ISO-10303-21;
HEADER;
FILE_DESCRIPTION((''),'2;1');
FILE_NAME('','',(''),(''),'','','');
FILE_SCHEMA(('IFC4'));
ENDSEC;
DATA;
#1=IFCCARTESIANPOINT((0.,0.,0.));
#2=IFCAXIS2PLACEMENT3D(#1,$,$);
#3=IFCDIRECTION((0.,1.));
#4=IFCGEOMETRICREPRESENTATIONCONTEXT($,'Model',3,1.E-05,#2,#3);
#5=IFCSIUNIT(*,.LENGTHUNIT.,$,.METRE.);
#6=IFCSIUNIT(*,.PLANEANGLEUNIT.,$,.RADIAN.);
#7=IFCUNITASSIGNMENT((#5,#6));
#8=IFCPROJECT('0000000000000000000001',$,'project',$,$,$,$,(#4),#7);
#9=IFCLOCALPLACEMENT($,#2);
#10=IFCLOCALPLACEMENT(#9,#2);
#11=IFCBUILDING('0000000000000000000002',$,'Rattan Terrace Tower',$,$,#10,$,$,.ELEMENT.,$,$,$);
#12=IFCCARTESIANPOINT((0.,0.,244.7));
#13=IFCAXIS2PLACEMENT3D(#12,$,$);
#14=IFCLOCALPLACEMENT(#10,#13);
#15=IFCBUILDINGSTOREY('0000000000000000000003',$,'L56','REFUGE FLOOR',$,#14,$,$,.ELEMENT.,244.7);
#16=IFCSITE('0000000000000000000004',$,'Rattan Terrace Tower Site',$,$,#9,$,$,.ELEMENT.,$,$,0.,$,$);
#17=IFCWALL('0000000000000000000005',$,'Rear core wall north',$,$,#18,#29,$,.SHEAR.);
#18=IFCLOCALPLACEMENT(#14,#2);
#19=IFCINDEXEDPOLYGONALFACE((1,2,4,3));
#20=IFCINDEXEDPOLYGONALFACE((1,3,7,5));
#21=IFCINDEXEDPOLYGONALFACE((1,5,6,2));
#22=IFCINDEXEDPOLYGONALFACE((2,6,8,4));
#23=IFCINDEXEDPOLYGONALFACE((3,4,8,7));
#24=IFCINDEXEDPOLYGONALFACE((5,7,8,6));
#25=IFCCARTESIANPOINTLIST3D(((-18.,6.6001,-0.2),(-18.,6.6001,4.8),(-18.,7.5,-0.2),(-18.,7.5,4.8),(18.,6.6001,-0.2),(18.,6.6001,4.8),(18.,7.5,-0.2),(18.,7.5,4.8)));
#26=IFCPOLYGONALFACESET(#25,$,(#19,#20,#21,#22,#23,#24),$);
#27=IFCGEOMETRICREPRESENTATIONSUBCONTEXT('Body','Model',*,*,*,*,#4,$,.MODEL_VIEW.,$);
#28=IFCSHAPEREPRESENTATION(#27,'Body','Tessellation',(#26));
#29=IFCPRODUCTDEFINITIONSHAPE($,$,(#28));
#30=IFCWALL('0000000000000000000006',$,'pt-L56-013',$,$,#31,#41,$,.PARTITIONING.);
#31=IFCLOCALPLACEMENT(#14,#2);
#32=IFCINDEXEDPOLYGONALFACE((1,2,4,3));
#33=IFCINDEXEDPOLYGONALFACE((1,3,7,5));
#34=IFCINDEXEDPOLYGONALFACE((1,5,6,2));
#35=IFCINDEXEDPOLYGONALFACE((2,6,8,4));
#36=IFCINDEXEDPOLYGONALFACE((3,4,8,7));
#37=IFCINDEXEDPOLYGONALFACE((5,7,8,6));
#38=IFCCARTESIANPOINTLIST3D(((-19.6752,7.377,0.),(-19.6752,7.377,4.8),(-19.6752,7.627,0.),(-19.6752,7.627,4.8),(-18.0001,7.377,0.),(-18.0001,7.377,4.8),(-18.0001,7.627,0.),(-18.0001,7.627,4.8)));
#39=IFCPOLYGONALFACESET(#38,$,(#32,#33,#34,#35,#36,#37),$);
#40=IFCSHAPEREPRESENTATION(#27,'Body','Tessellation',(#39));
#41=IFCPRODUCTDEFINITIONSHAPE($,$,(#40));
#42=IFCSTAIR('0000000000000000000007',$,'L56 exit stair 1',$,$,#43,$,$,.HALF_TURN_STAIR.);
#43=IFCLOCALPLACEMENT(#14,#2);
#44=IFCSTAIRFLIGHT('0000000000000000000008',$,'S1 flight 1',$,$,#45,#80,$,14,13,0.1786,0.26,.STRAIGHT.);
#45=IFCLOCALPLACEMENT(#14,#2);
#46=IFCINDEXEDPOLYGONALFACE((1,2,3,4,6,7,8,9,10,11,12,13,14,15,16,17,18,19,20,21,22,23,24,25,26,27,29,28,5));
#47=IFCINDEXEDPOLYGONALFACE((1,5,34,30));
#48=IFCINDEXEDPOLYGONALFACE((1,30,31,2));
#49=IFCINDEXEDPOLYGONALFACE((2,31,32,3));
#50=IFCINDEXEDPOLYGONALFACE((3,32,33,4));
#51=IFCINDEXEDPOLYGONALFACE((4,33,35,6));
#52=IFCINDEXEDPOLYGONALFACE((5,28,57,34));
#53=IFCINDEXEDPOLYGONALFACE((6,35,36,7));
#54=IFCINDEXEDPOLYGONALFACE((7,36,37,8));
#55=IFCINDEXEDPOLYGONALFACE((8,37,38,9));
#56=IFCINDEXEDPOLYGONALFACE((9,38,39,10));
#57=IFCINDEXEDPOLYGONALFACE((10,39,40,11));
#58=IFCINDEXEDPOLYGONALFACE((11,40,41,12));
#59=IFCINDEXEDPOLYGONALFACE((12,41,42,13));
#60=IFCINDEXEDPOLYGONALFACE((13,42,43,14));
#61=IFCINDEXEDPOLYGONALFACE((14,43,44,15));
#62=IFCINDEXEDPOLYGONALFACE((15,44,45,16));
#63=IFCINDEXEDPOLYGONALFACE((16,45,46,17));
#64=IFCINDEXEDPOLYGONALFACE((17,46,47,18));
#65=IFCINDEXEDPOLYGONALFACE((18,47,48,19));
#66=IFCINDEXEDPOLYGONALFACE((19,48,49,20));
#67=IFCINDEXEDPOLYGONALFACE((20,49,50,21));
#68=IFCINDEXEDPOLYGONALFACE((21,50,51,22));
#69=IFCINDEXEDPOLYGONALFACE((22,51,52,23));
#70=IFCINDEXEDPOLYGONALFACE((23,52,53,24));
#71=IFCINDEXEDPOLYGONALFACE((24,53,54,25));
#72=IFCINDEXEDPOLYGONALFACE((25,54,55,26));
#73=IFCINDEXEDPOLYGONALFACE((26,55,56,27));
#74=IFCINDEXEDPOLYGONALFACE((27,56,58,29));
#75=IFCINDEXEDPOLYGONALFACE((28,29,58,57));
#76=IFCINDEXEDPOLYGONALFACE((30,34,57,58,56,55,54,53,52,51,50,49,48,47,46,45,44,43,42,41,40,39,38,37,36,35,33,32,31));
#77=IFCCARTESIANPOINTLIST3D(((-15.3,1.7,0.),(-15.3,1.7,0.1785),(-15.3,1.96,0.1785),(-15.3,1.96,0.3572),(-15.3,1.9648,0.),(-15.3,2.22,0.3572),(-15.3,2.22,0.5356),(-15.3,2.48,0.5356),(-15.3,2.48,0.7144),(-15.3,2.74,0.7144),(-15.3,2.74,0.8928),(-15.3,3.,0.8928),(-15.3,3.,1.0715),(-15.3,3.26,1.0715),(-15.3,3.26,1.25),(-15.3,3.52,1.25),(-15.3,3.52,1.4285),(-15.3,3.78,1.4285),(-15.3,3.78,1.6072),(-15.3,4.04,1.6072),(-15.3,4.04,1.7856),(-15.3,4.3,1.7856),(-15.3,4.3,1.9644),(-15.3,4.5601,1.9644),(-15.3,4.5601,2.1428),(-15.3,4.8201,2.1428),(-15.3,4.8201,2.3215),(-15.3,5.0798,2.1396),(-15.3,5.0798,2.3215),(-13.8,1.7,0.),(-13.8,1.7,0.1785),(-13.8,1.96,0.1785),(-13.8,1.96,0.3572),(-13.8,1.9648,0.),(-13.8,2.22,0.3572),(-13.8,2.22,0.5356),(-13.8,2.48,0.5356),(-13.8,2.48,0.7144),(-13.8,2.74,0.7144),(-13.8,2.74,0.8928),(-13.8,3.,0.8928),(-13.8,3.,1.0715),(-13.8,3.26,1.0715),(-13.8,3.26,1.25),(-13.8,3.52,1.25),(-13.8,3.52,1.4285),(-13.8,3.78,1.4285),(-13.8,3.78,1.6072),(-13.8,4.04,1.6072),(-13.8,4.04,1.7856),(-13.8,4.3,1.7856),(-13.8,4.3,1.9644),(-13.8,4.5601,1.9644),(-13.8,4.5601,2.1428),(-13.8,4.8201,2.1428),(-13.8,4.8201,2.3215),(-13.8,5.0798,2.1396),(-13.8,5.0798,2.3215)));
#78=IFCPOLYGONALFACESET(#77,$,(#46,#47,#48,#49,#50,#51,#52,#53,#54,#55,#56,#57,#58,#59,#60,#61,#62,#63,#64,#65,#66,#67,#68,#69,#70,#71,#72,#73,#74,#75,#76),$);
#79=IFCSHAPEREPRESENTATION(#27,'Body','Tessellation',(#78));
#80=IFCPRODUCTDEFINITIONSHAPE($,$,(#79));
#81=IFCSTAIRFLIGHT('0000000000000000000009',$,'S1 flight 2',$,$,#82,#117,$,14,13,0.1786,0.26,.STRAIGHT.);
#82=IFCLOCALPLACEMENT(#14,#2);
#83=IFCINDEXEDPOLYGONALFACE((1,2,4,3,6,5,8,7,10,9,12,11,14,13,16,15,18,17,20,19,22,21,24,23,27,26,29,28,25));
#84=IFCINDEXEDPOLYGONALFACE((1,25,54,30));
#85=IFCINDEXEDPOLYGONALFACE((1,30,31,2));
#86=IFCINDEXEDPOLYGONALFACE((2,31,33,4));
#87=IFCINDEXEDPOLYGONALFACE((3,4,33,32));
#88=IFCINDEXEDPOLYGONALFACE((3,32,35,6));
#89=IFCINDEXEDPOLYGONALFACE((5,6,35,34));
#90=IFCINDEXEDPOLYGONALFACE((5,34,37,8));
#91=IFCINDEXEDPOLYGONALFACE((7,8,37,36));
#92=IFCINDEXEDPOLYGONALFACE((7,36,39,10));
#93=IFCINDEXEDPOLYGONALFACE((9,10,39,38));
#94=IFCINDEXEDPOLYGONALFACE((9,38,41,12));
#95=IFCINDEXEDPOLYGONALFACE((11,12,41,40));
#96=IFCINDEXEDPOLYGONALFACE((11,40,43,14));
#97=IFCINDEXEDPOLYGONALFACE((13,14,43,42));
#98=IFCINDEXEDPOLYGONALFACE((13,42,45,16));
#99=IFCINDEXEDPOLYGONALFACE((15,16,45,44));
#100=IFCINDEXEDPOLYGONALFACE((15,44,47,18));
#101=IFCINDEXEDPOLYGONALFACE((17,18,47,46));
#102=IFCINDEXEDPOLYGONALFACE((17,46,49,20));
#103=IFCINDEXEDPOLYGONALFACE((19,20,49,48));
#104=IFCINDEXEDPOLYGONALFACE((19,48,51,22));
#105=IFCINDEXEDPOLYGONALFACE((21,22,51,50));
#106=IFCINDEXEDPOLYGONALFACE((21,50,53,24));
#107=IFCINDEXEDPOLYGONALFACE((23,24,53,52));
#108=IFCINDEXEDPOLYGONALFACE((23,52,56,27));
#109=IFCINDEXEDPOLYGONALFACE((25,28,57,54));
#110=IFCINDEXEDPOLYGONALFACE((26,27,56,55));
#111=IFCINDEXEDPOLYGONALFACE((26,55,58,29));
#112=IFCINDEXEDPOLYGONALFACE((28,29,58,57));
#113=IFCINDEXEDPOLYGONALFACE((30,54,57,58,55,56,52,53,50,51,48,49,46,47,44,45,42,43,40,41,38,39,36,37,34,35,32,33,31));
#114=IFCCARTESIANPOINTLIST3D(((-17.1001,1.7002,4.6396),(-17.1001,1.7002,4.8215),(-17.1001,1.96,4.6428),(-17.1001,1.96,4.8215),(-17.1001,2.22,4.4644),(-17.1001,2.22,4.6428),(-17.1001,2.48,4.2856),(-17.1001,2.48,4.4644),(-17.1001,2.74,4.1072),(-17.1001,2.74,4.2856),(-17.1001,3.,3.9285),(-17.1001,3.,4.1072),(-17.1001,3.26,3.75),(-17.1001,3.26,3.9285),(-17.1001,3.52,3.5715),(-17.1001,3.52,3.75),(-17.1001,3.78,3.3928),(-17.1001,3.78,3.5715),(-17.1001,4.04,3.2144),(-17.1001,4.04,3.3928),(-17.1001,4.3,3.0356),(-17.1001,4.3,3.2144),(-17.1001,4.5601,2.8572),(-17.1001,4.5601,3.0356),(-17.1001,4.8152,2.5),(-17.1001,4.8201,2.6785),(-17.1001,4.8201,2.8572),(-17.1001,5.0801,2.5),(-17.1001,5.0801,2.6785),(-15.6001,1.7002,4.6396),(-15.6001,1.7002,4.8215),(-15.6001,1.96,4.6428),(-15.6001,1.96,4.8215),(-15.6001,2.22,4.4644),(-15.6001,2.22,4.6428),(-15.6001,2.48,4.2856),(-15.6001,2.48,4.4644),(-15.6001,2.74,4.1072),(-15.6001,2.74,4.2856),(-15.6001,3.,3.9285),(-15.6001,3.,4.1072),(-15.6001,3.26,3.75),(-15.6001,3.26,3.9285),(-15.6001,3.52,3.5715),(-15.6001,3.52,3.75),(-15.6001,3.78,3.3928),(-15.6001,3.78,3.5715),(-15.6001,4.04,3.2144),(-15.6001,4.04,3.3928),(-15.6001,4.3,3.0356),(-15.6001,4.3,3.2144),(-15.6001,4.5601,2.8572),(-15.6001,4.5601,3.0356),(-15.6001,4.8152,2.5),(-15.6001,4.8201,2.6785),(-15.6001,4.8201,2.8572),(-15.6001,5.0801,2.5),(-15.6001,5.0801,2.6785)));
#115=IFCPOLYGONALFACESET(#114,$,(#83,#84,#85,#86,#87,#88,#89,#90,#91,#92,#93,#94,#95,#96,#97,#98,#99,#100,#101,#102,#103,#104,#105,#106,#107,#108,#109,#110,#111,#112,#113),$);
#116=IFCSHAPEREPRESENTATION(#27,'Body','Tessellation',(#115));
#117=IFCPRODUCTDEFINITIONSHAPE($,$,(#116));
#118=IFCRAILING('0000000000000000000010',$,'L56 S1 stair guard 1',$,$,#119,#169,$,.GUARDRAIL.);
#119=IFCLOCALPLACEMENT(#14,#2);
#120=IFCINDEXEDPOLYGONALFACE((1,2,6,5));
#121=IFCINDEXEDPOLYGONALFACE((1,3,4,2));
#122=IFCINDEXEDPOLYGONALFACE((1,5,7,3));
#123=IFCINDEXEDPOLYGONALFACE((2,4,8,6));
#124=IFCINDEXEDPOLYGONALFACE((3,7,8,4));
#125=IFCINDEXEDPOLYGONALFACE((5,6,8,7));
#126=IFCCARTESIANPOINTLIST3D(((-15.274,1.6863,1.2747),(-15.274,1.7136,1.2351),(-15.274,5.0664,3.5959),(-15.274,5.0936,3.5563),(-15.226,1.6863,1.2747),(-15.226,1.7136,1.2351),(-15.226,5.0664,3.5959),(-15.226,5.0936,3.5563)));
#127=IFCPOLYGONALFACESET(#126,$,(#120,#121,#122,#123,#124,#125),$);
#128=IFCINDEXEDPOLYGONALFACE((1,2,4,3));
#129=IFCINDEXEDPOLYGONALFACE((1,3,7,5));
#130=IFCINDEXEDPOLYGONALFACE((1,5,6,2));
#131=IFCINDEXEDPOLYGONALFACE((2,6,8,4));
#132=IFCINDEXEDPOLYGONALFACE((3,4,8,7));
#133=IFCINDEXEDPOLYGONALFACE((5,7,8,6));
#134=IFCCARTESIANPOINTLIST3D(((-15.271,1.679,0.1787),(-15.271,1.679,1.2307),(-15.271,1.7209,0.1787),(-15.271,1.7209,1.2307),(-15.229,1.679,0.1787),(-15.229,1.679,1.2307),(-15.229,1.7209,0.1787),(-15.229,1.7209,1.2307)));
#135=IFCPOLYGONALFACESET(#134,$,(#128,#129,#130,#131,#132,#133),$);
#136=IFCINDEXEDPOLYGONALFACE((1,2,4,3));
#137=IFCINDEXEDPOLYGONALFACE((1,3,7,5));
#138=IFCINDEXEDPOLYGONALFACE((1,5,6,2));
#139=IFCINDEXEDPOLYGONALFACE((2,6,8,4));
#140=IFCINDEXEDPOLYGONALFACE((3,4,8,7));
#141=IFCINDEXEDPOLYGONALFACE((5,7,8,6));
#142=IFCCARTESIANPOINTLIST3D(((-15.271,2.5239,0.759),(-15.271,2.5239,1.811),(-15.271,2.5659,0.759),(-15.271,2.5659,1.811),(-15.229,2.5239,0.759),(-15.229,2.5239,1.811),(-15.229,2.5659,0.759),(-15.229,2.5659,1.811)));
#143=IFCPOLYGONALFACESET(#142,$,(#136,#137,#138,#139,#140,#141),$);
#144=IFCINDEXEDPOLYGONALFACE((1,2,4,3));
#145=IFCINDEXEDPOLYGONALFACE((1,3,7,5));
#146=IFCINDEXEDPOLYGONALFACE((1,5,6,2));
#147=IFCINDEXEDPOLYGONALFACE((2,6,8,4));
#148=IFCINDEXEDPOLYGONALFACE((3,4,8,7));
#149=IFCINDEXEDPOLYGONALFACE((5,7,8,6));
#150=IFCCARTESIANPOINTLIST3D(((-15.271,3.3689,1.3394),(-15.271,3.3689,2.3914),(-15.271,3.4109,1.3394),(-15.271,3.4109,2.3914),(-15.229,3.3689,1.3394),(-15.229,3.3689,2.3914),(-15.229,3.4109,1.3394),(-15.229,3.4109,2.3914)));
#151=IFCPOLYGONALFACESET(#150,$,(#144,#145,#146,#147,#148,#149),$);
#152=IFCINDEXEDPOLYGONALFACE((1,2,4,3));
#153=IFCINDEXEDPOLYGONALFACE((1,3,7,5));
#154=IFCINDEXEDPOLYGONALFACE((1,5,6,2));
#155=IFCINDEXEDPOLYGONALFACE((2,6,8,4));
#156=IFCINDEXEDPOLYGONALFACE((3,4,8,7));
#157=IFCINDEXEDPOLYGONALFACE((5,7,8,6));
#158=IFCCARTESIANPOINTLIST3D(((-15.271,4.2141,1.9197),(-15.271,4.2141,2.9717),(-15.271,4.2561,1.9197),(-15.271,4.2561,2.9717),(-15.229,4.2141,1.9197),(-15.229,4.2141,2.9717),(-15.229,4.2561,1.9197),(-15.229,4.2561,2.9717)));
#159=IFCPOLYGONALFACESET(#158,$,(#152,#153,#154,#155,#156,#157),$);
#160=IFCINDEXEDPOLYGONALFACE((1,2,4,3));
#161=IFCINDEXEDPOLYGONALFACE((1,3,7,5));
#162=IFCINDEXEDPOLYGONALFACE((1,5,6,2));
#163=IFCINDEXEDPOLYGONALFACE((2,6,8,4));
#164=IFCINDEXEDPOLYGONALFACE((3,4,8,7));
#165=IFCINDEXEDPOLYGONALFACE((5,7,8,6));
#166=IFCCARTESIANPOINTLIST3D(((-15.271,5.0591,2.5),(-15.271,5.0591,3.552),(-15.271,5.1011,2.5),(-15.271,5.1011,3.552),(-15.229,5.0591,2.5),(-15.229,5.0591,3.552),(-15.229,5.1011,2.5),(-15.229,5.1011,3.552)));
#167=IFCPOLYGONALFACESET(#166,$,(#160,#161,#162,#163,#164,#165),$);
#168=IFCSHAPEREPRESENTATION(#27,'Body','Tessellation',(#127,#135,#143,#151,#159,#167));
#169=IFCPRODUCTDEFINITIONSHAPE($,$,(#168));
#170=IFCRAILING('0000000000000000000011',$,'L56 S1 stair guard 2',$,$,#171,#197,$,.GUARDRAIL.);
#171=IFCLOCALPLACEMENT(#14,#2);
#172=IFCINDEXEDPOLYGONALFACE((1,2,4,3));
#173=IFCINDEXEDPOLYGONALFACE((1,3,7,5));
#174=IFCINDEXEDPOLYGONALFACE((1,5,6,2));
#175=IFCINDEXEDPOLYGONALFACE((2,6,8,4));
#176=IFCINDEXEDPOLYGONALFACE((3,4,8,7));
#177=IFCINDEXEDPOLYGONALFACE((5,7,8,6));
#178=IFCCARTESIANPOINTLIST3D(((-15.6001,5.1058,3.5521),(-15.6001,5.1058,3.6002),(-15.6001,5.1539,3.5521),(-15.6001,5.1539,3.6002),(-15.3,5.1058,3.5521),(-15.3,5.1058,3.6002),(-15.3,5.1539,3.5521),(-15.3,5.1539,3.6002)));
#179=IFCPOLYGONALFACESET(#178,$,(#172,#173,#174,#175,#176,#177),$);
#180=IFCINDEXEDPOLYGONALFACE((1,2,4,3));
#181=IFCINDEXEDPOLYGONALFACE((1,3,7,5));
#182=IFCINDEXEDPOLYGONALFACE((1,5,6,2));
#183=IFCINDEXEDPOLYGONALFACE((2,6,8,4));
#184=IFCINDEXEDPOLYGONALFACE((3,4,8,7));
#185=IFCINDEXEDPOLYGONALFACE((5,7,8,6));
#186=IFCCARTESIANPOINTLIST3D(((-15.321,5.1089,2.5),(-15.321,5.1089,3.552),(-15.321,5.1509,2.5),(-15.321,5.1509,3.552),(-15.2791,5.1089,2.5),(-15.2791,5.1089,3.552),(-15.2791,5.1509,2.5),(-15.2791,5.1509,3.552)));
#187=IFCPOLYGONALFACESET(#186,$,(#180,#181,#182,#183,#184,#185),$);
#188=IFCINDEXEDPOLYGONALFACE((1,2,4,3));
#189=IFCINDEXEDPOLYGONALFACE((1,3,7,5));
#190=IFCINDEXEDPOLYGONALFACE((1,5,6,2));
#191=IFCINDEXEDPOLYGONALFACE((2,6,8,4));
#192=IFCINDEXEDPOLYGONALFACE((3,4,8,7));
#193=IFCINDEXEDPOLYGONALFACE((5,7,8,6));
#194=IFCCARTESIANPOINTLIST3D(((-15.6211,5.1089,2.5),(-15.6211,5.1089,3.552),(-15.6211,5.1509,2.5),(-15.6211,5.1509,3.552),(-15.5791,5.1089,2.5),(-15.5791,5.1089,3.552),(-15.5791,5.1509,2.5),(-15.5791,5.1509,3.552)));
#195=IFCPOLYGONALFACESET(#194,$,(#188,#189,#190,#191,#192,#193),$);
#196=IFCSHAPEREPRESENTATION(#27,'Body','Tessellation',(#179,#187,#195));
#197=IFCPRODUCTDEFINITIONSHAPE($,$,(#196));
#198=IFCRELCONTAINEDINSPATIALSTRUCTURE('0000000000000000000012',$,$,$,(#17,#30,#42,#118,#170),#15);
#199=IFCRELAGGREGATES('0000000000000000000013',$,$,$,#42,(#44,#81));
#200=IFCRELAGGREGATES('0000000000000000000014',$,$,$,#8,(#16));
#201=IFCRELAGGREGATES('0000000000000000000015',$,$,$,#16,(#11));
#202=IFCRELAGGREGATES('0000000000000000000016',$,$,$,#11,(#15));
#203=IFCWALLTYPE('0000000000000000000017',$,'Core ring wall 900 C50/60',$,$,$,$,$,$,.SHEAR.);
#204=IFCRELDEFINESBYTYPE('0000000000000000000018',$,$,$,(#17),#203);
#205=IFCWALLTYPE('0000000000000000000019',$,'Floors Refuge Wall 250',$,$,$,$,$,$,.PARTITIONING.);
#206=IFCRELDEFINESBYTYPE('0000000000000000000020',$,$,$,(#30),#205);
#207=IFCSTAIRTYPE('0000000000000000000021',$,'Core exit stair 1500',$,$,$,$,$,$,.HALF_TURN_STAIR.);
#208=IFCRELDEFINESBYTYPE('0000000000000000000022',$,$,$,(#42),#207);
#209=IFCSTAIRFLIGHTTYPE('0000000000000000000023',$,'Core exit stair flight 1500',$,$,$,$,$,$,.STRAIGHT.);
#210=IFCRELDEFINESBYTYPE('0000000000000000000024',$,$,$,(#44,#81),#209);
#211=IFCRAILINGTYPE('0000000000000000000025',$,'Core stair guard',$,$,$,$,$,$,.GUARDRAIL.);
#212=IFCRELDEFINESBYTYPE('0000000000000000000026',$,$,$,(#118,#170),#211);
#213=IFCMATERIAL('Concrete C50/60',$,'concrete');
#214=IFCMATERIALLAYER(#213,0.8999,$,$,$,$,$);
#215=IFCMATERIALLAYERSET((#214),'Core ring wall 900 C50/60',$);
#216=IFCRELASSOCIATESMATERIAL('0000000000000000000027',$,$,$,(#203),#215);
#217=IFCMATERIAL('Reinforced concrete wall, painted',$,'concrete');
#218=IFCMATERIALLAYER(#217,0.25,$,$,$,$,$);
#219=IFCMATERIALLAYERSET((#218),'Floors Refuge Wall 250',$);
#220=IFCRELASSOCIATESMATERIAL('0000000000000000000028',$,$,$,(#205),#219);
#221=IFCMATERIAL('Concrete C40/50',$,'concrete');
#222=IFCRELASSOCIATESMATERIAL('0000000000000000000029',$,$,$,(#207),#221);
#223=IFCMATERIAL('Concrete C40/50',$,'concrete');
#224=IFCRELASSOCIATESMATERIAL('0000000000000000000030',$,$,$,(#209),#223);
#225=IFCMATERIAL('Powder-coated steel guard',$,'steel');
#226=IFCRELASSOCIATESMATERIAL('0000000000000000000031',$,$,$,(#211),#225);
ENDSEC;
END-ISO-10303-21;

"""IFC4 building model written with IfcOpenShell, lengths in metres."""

from ifc_helpers import new_model, si_unit, direction, frame, frame_2d, origin, origin_2d, place, context, subcontext, project, spatial, polyline, rectangle, outline, extrude, material, layer, layer_set, type_object, element, aggregate, save


model = new_model("IFC4")

# Units and contexts
model_context = context("Model", 3, precision=1e-05, world=origin(), true_north=direction((0.0, 1.0)))
body_context = subcontext(model_context, "Body", "Model", "MODEL_VIEW")
ifc_project = project(units=[si_unit("LENGTHUNIT", "METRE"), si_unit("PLANEANGLEUNIT", "RADIAN")], contexts=[model_context])

# Site, building, storey
site_placement = place(None, origin())
site = spatial("IfcSite", under=ifc_project, at=site_placement, Name="Rattan Terrace Tower Site", CompositionType="ELEMENT", RefElevation=0.0)
building_placement = place(site_placement, origin())
building = spatial("IfcBuilding", under=site, at=building_placement, Name="Rattan Terrace Tower", CompositionType="ELEMENT")
storey_placement = place(building_placement, frame((0.0, 0.0, 244.7)))
storey = spatial("IfcBuildingStorey", under=building, at=storey_placement, Name="L56", Description="REFUGE FLOOR", CompositionType="ELEMENT", Elevation=244.7)

# Walls
ifc_material_1 = material(Name="Concrete C50/60", Category="concrete")
ifc_layer_1 = layer(ifc_material_1, 0.8999)
ifc_layer_set_1 = layer_set([ifc_layer_1], Name="Core ring wall 900 C50/60")
wall_type_1 = type_object("IfcWallType", Name="Core ring wall 900 C50/60", PredefinedType="SHEAR", material=ifc_layer_set_1)
wall_1_placement = place(storey_placement, frame((-18.0, 7.05, -0.2), z_axis=(0.0, 0.0, 1.0), x_axis=(1.0, 0.0, 0.0)))
element("IfcWall", 1, at=wall_1_placement, inside=storey, type_object=wall_type_1, Name="Rear core wall north", PredefinedType="SHEAR", context=body_context, shape_type="SweptSolid", body=[
    extrude(rectangle(XDim=36.0, YDim=0.8999, at=frame_2d((18.0, 0.0))), origin(), (0.0, 0.0, 1.0), 5.0),
])
ifc_material_2 = material(Name="Reinforced concrete wall, painted", Category="concrete")
ifc_layer_2 = layer(ifc_material_2, 0.25)
ifc_layer_set_2 = layer_set([ifc_layer_2], Name="Floors Refuge Wall 250")
wall_type_2 = type_object("IfcWallType", Name="Floors Refuge Wall 250", PredefinedType="PARTITIONING", material=ifc_layer_set_2)
wall_2_placement = place(storey_placement, frame((-19.675, 7.502, 0.0), z_axis=(0.0, 0.0, 1.0), x_axis=(1.0, 0.0, 0.0)))
element("IfcWall", 2, at=wall_2_placement, inside=storey, type_object=wall_type_2, Name="pt-L56-013", PredefinedType="PARTITIONING", context=body_context, shape_type="SweptSolid", body=[
    extrude(rectangle(XDim=1.675, YDim=0.25, at=frame_2d((0.8374, 0.0))), origin(), (0.0, 0.0, 1.0), 4.8),
])

# Stair, stair flights
ifc_material_3 = material(Name="Concrete C40/50", Category="concrete")
stair_type = type_object("IfcStairType", Name="Core exit stair 1500", PredefinedType="HALF_TURN_STAIR", material=ifc_material_3)
stair_placement = place(storey_placement, origin())
stair = element("IfcStair", 3, at=stair_placement, inside=storey, type_object=stair_type, Name="L56 exit stair 1", PredefinedType="HALF_TURN_STAIR")
ifc_material_4 = material(Name="Concrete C40/50", Category="concrete")
stair_flight_type = type_object("IfcStairFlightType", Name="Core exit stair flight 1500", PredefinedType="STRAIGHT", material=ifc_material_4)
stair_flight_1_placement = place(storey_placement, frame((-14.55, 1.7, 0.0), z_axis=(0.0, 0.0, 1.0), x_axis=(0.0, 1.0, 0.0)))
stair_flight_1 = element("IfcStairFlight", 4, at=stair_flight_1_placement, type_object=stair_flight_type, Name="S1 flight 1", NumberOfRisers=14, NumberOfTreads=13, PredefinedType="STRAIGHT", RiserHeight=0.1786, TreadLength=0.26, context=body_context, shape_type="SweptSolid", body=[
    extrude(outline(polyline([(0.0, 0.0), (0.0, 0.1785), (0.26, 0.1785), (0.26, 0.3572), (0.52, 0.3572), (0.52, 0.5356), (0.78, 0.5356), (0.78, 0.7144), (1.04, 0.7144), (1.04, 0.8928), (1.3, 0.8928), (1.3, 1.0715), (1.5601, 1.0715), (1.5601, 1.25), (1.8201, 1.25), (1.8201, 1.4285), (2.0801, 1.4285), (2.0801, 1.6072), (2.3401, 1.6072), (2.3401, 1.7856), (2.6001, 1.7856), (2.6001, 1.9644), (2.8601, 1.9644), (2.8601, 2.1428), (3.1201, 2.1428), (3.1201, 2.3215), (3.3799, 2.3215), (3.3799, 2.5), (3.3799, 2.1396), (0.2649, 0.0), (0.0, 0.0)])), frame((0.0, 0.75, 0.0), z_axis=(0.0, -1.0, 0.0), x_axis=(1.0, 0.0, 0.0)), (0.0, 0.0, 1.0), 1.5),
])
stair_flight_2_placement = place(storey_placement, frame((-16.3501, 5.0801, 2.5), z_axis=(0.0, 0.0, 1.0), x_axis=(0.0, -1.0, 0.0)))
stair_flight_2 = element("IfcStairFlight", 5, at=stair_flight_2_placement, type_object=stair_flight_type, Name="S1 flight 2", NumberOfRisers=14, NumberOfTreads=13, PredefinedType="STRAIGHT", RiserHeight=0.1786, TreadLength=0.26, context=body_context, shape_type="SweptSolid", body=[
    extrude(outline(polyline([(0.0, 0.0), (0.0, 0.1785), (0.26, 0.1785), (0.26, 0.3572), (0.52, 0.3572), (0.52, 0.5356), (0.78, 0.5356), (0.78, 0.7144), (1.04, 0.7144), (1.04, 0.8928), (1.3, 0.8928), (1.3, 1.0715), (1.5601, 1.0715), (1.5601, 1.25), (1.8201, 1.25), (1.8201, 1.4285), (2.0801, 1.4285), (2.0801, 1.6072), (2.3401, 1.6072), (2.3401, 1.7856), (2.6001, 1.7856), (2.6001, 1.9644), (2.8601, 1.9644), (2.8601, 2.1428), (3.1201, 2.1428), (3.1201, 2.3215), (3.3799, 2.3215), (3.3799, 2.5), (3.3799, 2.1396), (0.2649, 0.0), (0.0, 0.0)])), frame((0.0, 0.75, 0.0), z_axis=(0.0, -1.0, 0.0), x_axis=(1.0, 0.0, 0.0)), (0.0, 0.0, 1.0), 1.5),
])
aggregate(stair, [stair_flight_1, stair_flight_2])

# Railings
ifc_material_5 = material(Name="Powder-coated steel guard", Category="steel")
railing_type_1 = type_object("IfcRailingType", Name="Core stair guard", PredefinedType="GUARDRAIL", material=ifc_material_5)
railing_1_placement = place(storey_placement, frame((-15.25, 1.7, 0.1787)))
element("IfcRailing", 6, at=railing_1_placement, inside=storey, type_object=railing_type_1, Name="L56 S1 stair guard 1", PredefinedType="GUARDRAIL", context=body_context, shape_type="SweptSolid", body=[
    extrude(rectangle(XDim=0.0481, YDim=0.0481, at=origin_2d()), frame((0.0, 0.0, 1.0762), z_axis=(0.0, 0.824332, 0.566107), x_axis=(-1.0, 0.0, 0.0)), (0.0, 0.0, 1.0), 4.1003),
    extrude(rectangle(XDim=0.042, YDim=0.042, at=origin_2d()), origin(), (0.0, 0.0, 1.0), 1.052),
    extrude(rectangle(XDim=0.042, YDim=0.042, at=origin_2d()), frame((0.0, 0.845, 0.5803)), (0.0, 0.0, 1.0), 1.052),
    extrude(rectangle(XDim=0.042, YDim=0.042, at=origin_2d()), frame((0.0, 1.6899, 1.1606)), (0.0, 0.0, 1.0), 1.052),
    extrude(rectangle(XDim=0.042, YDim=0.042, at=origin_2d()), frame((0.0, 2.5352, 1.741)), (0.0, 0.0, 1.0), 1.052),
    extrude(rectangle(XDim=0.042, YDim=0.042, at=origin_2d()), frame((0.0, 3.3801, 2.3213)), (0.0, 0.0, 1.0), 1.052),
])
railing_2_placement = place(storey_placement, frame((-15.3, 5.1299, 2.5)))
element("IfcRailing", 7, at=railing_2_placement, inside=storey, type_object=railing_type_1, Name="L56 S1 stair guard 2", PredefinedType="GUARDRAIL", context=body_context, shape_type="SweptSolid", body=[
    extrude(rectangle(XDim=0.0481, YDim=0.0481, at=origin_2d()), frame((0.0, 0.0, 1.0762), z_axis=(-1.0, 0.0, 0.0), x_axis=(0.0, -1.0, 0.0)), (0.0, 0.0, 1.0), 0.3),
    extrude(rectangle(XDim=0.042, YDim=0.042, at=origin_2d()), origin(), (0.0, 0.0, 1.0), 1.052),
    extrude(rectangle(XDim=0.042, YDim=0.042, at=origin_2d()), frame((-0.3, 0.0, 0.0)), (0.0, 0.0, 1.0), 1.052),
])

save(model, "model.ifc")
